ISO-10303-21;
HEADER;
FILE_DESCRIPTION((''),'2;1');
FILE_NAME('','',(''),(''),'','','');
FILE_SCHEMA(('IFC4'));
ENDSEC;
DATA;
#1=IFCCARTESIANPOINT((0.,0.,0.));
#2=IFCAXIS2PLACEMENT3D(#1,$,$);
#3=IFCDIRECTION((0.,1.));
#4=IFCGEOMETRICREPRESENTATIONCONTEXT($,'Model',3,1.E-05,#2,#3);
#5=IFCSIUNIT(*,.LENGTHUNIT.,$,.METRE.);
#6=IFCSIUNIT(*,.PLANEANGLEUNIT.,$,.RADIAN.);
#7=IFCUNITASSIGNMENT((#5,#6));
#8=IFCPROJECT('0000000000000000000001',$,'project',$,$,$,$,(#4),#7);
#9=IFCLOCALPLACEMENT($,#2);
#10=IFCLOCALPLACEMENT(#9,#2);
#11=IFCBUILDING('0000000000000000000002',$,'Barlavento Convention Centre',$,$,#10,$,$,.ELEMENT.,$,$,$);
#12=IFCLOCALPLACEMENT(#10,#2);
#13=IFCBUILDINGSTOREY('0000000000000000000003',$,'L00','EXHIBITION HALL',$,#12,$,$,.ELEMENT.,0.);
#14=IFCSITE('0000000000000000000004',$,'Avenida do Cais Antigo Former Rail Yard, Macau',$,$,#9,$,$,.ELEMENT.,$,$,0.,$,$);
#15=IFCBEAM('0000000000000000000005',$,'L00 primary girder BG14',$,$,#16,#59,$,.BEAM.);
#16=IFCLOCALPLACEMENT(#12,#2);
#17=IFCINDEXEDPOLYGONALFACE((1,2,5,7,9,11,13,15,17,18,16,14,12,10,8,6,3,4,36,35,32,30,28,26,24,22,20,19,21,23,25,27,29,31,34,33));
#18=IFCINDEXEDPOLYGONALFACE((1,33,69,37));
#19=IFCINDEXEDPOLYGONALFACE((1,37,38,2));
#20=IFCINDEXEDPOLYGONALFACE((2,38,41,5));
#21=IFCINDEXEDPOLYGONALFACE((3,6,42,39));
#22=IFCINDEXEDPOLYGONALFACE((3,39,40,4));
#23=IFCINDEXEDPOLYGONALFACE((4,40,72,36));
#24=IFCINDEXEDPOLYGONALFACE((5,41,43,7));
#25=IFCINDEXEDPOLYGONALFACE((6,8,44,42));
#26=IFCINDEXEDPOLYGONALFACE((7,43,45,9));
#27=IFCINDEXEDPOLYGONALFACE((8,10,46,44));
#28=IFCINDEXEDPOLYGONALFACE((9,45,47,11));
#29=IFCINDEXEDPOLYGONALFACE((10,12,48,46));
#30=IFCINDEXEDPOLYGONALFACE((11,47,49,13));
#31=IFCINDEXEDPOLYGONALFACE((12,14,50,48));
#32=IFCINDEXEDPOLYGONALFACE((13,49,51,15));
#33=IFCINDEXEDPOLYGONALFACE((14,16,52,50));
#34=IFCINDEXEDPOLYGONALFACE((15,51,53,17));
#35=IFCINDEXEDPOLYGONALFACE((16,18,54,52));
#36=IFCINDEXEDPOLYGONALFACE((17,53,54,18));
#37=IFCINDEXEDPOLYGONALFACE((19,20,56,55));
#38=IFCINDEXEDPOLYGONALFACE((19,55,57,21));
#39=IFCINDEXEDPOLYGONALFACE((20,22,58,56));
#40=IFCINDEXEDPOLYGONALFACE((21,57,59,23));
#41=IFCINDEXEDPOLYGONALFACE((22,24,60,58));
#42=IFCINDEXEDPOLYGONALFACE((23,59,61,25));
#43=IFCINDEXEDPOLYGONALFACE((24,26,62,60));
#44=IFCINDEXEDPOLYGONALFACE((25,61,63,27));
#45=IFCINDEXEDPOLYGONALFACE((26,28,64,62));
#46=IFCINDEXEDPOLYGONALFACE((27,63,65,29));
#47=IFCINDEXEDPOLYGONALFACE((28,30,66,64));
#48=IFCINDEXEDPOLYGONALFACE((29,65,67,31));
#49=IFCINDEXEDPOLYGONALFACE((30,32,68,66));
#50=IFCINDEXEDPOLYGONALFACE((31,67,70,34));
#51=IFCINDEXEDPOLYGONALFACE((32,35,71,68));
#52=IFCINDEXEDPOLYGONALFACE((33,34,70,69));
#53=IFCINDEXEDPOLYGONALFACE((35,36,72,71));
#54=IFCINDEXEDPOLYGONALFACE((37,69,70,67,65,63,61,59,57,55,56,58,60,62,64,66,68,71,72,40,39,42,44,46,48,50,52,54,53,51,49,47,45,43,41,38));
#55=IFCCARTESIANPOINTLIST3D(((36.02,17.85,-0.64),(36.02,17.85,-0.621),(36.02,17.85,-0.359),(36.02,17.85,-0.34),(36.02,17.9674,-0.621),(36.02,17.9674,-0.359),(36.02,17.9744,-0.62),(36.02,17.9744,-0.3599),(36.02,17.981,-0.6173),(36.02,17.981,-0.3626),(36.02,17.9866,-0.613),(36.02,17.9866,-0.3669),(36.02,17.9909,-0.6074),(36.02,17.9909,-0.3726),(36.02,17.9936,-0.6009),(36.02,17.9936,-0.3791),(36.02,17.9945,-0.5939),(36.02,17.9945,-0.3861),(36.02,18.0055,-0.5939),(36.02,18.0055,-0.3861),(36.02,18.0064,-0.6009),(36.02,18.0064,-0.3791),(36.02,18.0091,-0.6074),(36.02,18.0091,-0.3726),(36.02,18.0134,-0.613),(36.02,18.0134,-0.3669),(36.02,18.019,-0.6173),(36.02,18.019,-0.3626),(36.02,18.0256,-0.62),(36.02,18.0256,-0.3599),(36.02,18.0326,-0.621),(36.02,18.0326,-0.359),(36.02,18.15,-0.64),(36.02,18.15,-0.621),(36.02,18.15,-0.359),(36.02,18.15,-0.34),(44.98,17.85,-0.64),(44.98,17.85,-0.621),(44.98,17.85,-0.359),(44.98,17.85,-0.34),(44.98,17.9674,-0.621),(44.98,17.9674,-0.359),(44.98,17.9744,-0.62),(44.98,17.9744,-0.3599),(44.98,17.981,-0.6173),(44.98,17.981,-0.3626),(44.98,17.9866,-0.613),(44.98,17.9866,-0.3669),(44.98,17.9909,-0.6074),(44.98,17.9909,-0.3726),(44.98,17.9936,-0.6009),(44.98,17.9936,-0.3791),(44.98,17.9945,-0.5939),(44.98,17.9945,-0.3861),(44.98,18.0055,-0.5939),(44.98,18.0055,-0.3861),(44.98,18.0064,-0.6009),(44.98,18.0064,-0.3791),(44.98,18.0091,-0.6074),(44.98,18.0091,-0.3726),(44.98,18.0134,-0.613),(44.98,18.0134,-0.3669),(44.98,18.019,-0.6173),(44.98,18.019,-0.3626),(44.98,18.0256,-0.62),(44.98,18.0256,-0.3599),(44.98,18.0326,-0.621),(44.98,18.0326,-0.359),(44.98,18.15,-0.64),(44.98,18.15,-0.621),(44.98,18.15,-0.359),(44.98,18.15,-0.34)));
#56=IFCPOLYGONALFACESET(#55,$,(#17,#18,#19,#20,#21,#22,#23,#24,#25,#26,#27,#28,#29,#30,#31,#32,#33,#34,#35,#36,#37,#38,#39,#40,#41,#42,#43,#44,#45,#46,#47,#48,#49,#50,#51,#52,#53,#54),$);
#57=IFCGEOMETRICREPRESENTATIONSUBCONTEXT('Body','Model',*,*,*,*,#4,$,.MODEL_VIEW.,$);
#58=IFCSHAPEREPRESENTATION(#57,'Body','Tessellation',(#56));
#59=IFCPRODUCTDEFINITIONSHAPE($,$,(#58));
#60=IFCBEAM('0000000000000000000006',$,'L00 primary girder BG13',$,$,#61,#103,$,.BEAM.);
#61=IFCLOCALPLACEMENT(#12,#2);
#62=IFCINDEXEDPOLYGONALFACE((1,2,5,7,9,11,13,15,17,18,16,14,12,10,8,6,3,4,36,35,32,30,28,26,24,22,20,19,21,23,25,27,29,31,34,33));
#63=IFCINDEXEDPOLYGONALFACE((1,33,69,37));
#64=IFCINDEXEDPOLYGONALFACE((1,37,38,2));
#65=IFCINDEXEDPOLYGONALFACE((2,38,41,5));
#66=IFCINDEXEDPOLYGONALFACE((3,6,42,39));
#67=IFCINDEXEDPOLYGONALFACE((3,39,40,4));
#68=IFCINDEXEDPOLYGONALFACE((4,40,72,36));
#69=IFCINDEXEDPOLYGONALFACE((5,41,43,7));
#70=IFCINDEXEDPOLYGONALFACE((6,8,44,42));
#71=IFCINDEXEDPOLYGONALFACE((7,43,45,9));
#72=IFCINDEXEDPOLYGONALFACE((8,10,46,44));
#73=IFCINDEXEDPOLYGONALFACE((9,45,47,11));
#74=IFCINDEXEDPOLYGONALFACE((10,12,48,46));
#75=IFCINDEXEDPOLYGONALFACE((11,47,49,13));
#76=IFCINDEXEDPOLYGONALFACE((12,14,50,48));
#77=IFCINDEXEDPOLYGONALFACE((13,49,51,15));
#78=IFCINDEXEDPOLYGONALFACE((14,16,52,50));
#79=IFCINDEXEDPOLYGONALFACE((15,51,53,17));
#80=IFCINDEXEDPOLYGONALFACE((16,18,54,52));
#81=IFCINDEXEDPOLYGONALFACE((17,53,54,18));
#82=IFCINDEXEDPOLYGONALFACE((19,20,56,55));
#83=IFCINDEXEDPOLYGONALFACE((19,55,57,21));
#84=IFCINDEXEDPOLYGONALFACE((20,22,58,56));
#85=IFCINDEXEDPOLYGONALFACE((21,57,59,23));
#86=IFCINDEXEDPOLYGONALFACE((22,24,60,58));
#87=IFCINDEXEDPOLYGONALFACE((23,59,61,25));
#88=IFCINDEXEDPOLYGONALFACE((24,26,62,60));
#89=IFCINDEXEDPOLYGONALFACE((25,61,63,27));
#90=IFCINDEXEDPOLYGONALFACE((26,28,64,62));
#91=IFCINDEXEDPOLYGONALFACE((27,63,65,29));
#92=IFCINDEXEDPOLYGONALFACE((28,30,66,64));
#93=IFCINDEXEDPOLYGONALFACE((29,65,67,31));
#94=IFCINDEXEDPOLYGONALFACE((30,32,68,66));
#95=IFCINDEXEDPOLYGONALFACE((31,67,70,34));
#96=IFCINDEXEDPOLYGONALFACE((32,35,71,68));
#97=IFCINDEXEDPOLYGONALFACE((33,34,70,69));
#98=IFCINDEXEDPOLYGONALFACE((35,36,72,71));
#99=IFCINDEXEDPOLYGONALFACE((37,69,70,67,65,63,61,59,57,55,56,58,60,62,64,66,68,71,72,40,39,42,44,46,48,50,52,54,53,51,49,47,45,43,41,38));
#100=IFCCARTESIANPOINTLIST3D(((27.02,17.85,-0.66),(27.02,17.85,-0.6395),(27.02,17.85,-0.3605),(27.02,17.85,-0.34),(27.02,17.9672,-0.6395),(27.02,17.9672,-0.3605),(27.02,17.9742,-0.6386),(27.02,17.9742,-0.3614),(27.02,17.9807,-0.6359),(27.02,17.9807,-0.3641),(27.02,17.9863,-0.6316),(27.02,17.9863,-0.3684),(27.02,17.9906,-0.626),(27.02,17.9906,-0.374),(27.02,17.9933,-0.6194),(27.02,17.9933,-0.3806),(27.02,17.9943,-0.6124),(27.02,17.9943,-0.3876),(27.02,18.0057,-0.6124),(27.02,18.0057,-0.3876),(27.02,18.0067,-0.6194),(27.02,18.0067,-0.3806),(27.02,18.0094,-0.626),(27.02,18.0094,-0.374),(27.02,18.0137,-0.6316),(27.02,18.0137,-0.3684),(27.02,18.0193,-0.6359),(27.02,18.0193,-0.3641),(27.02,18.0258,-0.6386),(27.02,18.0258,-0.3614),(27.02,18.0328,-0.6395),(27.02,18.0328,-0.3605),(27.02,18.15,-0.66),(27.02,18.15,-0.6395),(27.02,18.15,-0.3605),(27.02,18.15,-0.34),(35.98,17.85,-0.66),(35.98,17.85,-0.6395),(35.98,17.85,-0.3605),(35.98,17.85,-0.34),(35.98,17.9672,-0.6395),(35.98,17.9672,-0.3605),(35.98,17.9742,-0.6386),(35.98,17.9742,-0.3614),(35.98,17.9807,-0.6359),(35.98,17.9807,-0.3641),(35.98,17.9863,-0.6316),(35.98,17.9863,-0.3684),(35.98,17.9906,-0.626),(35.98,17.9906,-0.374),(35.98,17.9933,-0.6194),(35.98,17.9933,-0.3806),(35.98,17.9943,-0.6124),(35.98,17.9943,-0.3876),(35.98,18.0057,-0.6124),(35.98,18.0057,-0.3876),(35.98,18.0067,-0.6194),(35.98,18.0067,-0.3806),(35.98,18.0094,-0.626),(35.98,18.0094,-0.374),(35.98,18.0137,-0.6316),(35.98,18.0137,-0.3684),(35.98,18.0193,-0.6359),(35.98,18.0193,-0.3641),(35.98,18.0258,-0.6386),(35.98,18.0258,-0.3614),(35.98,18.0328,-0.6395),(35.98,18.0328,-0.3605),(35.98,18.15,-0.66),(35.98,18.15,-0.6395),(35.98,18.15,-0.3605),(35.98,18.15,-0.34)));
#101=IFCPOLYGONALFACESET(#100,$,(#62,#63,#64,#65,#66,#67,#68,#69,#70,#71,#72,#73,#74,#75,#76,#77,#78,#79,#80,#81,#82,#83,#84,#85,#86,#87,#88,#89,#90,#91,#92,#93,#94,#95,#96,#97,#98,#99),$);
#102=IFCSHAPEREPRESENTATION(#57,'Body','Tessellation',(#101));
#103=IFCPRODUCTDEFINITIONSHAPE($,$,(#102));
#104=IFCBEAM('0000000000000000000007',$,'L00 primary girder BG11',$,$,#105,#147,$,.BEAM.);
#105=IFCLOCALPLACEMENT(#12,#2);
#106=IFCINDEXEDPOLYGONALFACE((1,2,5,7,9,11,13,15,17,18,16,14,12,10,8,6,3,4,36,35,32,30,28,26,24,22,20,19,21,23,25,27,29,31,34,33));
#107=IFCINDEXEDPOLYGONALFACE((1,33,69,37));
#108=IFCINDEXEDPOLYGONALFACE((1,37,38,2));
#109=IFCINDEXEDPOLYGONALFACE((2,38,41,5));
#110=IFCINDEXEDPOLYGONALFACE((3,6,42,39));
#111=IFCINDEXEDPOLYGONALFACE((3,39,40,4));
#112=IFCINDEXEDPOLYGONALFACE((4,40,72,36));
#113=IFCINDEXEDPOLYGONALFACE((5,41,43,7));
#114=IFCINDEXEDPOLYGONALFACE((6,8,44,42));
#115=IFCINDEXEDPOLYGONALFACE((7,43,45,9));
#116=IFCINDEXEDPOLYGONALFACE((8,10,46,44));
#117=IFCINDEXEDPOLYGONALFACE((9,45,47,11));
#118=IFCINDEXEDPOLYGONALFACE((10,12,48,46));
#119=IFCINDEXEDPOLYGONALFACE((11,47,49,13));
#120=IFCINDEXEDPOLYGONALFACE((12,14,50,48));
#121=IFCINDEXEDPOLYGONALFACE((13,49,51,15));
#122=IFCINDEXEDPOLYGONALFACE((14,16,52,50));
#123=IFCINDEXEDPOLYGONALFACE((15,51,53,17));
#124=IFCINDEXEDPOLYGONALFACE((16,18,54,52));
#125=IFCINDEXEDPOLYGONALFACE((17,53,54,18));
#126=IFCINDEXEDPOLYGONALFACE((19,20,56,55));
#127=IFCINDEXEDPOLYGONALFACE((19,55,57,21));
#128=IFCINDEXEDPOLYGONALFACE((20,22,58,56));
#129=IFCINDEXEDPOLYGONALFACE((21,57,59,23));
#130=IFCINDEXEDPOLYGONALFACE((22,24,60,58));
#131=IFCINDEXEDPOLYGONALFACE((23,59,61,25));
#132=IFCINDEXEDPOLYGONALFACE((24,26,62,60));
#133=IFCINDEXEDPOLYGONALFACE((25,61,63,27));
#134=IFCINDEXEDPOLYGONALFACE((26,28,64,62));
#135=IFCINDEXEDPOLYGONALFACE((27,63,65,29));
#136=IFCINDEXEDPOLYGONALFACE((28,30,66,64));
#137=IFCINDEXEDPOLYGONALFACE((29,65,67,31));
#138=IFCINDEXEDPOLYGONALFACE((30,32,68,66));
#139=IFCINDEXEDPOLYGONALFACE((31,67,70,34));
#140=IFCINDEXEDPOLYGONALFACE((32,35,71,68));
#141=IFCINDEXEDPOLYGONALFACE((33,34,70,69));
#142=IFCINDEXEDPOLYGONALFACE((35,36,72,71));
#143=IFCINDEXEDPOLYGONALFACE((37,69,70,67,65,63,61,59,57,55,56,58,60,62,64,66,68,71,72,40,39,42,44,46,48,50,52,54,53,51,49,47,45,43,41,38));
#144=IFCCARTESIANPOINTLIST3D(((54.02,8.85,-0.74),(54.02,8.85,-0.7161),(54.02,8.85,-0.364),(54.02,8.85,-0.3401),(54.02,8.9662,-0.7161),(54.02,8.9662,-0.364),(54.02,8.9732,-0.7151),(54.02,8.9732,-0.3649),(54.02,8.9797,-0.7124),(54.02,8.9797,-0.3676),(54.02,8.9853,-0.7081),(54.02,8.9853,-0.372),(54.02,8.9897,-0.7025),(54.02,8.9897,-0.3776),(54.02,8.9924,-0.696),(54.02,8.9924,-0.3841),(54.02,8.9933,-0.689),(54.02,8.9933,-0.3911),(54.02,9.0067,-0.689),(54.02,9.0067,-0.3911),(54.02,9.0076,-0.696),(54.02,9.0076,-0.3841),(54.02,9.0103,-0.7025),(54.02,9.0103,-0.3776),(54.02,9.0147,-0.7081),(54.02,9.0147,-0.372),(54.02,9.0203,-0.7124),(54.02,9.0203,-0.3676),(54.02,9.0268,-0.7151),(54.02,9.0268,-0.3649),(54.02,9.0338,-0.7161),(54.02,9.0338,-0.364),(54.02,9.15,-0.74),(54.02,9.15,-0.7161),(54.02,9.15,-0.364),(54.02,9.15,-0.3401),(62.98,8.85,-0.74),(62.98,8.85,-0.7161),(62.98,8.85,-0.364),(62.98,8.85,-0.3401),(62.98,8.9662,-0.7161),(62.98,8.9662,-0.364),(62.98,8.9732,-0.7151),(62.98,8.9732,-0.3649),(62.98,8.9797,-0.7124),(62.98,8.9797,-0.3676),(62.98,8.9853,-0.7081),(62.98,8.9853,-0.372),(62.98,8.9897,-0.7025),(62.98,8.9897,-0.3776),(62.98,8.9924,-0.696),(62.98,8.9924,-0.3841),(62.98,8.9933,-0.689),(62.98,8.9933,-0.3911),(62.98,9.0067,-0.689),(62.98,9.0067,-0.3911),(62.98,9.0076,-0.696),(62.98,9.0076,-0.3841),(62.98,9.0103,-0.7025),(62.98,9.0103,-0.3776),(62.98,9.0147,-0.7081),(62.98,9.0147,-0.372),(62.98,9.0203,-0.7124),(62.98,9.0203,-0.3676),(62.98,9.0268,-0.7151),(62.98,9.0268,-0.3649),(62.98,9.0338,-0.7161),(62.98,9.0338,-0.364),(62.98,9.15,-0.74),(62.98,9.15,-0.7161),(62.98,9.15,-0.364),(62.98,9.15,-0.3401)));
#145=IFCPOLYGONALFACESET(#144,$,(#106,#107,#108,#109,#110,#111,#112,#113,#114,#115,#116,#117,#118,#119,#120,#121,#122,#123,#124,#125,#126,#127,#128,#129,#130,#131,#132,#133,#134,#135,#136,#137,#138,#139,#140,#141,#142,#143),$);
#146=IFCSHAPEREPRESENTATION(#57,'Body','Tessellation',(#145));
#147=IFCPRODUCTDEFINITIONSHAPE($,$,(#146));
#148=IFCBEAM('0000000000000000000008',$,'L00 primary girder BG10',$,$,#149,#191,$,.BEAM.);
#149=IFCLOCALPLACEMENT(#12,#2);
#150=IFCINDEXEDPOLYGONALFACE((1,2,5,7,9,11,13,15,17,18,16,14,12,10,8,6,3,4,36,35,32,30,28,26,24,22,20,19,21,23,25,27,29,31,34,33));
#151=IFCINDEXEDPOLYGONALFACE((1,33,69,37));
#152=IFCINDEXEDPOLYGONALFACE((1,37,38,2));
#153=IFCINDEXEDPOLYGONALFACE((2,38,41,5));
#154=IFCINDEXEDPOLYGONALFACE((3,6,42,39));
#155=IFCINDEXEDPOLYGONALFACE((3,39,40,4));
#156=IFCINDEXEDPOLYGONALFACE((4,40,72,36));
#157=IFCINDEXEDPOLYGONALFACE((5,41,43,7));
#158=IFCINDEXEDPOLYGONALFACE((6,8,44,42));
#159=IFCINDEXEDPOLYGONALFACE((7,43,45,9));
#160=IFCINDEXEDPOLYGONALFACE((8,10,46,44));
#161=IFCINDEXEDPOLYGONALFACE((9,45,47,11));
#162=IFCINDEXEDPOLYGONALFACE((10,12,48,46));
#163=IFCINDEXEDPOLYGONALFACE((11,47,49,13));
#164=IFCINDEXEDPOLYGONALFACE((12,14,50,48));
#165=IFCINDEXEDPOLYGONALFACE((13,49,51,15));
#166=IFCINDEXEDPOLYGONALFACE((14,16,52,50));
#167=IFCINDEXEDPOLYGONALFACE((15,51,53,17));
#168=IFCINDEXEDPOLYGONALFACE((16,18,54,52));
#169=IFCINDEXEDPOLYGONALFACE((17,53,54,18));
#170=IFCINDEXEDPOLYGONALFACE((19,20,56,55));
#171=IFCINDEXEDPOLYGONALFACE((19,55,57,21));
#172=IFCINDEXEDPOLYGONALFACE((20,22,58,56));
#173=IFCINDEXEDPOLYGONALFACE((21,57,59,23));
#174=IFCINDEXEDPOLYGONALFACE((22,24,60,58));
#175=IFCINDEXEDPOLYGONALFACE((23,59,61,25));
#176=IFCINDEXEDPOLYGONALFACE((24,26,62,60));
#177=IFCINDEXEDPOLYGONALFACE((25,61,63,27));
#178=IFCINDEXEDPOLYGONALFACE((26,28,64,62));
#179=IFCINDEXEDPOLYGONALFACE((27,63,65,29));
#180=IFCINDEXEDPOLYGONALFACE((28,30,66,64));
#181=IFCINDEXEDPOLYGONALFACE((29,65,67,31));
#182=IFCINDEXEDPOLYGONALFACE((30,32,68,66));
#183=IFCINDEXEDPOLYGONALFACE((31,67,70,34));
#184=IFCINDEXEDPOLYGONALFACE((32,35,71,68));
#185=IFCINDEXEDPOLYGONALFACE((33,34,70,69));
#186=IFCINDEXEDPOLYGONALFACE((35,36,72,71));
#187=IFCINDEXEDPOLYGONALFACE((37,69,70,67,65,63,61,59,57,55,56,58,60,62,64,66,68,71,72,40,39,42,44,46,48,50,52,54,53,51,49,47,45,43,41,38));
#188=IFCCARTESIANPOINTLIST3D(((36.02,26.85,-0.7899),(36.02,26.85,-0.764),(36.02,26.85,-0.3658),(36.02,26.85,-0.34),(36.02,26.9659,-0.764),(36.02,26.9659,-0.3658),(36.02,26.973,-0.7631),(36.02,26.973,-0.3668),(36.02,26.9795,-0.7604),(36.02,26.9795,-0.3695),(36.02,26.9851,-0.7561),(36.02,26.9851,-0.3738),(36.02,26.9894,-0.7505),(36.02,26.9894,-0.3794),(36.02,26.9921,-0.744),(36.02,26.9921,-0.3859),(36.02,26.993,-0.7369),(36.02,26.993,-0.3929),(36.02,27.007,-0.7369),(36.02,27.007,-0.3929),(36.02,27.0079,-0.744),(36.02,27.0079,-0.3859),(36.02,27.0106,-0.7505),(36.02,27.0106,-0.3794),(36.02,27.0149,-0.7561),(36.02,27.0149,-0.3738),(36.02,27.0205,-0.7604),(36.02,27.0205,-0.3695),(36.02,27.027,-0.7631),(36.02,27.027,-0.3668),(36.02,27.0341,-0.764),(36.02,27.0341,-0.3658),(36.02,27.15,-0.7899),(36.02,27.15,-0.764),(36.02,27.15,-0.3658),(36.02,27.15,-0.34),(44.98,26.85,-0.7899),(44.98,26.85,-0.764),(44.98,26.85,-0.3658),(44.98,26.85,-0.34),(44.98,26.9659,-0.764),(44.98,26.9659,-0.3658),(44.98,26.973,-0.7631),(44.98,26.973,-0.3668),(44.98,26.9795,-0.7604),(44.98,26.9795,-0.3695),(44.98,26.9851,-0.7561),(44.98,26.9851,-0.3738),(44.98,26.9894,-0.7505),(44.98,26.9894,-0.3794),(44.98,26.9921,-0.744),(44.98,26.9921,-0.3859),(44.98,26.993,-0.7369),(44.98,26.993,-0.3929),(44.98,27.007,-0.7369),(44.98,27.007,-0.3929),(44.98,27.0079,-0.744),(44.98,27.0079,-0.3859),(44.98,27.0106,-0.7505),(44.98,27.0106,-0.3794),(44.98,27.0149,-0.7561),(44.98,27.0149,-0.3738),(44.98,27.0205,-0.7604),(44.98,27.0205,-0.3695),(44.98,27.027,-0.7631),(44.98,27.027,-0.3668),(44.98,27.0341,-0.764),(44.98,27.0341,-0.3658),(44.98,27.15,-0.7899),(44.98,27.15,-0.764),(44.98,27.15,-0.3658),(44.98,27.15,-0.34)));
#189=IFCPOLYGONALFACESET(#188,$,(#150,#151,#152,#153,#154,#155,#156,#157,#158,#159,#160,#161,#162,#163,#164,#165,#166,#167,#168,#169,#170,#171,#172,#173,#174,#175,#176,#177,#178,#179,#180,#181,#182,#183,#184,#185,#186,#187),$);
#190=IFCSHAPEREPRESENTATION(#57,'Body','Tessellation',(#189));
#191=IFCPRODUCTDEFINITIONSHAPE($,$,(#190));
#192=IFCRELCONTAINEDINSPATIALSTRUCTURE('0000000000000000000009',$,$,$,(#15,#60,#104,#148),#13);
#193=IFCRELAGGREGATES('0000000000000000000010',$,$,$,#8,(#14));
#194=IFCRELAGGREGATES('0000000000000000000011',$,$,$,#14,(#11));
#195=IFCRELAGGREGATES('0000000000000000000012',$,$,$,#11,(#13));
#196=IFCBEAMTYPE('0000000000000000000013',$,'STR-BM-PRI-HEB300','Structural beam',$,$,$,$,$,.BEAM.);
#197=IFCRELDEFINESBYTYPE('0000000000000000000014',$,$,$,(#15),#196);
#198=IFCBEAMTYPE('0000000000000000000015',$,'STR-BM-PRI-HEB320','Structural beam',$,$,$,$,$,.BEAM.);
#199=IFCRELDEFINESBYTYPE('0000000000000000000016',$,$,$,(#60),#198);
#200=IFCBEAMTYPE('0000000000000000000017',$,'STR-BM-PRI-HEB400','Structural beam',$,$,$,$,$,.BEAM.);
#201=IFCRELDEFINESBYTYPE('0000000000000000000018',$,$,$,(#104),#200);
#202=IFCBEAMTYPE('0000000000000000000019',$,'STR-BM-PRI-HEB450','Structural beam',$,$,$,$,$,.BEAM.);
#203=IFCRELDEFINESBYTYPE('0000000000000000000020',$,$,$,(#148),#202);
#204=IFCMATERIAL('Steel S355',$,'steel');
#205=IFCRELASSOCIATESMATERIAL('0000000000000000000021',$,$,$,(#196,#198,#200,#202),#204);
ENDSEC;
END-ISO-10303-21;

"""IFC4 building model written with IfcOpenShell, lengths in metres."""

from ifc_helpers import new_model, si_unit, direction, frame, origin, origin_2d, place, context, subcontext, project, spatial, i_section, extrude, material, material_profile, profile_set, type_object, element, save


model = new_model("IFC4")

# Units and contexts
model_context = context("Model", 3, precision=1e-05, world=origin(), true_north=direction((0.0, 1.0)))
body_context = subcontext(model_context, "Body", "Model", "MODEL_VIEW")
ifc_project = project(units=[si_unit("LENGTHUNIT", "METRE"), si_unit("PLANEANGLEUNIT", "RADIAN")], contexts=[model_context])

# Site, building, storey
site_placement = place(None, origin())
site = spatial("IfcSite", under=ifc_project, at=site_placement, Name="Avenida do Cais Antigo Former Rail Yard, Macau", CompositionType="ELEMENT", RefElevation=0.0)
building_placement = place(site_placement, origin())
building = spatial("IfcBuilding", under=site, at=building_placement, Name="Barlavento Convention Centre", CompositionType="ELEMENT")
storey_placement = place(building_placement, origin())
storey = spatial("IfcBuildingStorey", under=building, at=storey_placement, Name="L00", Description="EXHIBITION HALL", CompositionType="ELEMENT", Elevation=0.0)

# Beams
ifc_material_1 = material(Name="Steel S355", Category="steel")
ifc_material_profile_1 = material_profile(ifc_material_1, i_section(OverallWidth=0.3, OverallDepth=0.3, WebThickness=0.011, FlangeThickness=0.019, FilletRadius=0.0271, at=origin_2d()), Name="HEB 300")
ifc_profile_set_1 = profile_set([ifc_material_profile_1], Name="Steel S355")
beam_type_1 = type_object("IfcBeamType", Name="STR-BM-PRI-HEB300", Description="Structural beam", PredefinedType="BEAM", material=ifc_profile_set_1)
beam_1_placement = place(storey_placement, frame((36.02, 18.0, -0.49), z_axis=(1.0, 0.0, 0.0), x_axis=(0.0, 1.0, 0.0)))
element("IfcBeam", 1, at=beam_1_placement, inside=storey, type_object=beam_type_1, Name="L00 primary girder BG14", PredefinedType="BEAM", context=body_context, shape_type="SweptSolid", body=[
    extrude(i_section(OverallWidth=0.3, OverallDepth=0.3, WebThickness=0.011, FlangeThickness=0.019, FilletRadius=0.0271, at=origin_2d()), origin(), (0.0, 0.0, 1.0), 8.96),
])
ifc_material_profile_2 = material_profile(ifc_material_1, i_section(OverallWidth=0.3, OverallDepth=0.3201, WebThickness=0.0115, FlangeThickness=0.0205, FilletRadius=0.0271, at=origin_2d()), Name="HEB 320")
ifc_profile_set_2 = profile_set([ifc_material_profile_2], Name="Steel S355")
beam_type_2 = type_object("IfcBeamType", Name="STR-BM-PRI-HEB320", Description="Structural beam", PredefinedType="BEAM", material=ifc_profile_set_2)
beam_2_placement = place(storey_placement, frame((27.02, 18.0, -0.5), z_axis=(1.0, 0.0, 0.0), x_axis=(0.0, 1.0, 0.0)))
element("IfcBeam", 2, at=beam_2_placement, inside=storey, type_object=beam_type_2, Name="L00 primary girder BG13", PredefinedType="BEAM", context=body_context, shape_type="SweptSolid", body=[
    extrude(i_section(OverallWidth=0.3, OverallDepth=0.3201, WebThickness=0.0115, FlangeThickness=0.0205, FilletRadius=0.0271, at=origin_2d()), origin(), (0.0, 0.0, 1.0), 8.96),
])
ifc_material_profile_3 = material_profile(ifc_material_1, i_section(OverallWidth=0.3, OverallDepth=0.3999, WebThickness=0.0134, FlangeThickness=0.0239, FilletRadius=0.0271, at=origin_2d()), Name="HEB 400")
ifc_profile_set_3 = profile_set([ifc_material_profile_3], Name="Steel S355")
beam_type_3 = type_object("IfcBeamType", Name="STR-BM-PRI-HEB400", Description="Structural beam", PredefinedType="BEAM", material=ifc_profile_set_3)
beam_3_placement = place(storey_placement, frame((54.02, 9.0, -0.54), z_axis=(1.0, 0.0, 0.0), x_axis=(0.0, 1.0, 0.0)))
element("IfcBeam", 3, at=beam_3_placement, inside=storey, type_object=beam_type_3, Name="L00 primary girder BG11", PredefinedType="BEAM", context=body_context, shape_type="SweptSolid", body=[
    extrude(i_section(OverallWidth=0.3, OverallDepth=0.3999, WebThickness=0.0134, FlangeThickness=0.0239, FilletRadius=0.0271, at=origin_2d()), origin(), (0.0, 0.0, 1.0), 8.96),
])
ifc_material_profile_4 = material_profile(ifc_material_1, i_section(OverallWidth=0.3, OverallDepth=0.45, WebThickness=0.0139, FlangeThickness=0.0259, FilletRadius=0.0271, at=origin_2d()), Name="HEB 450")
ifc_profile_set_4 = profile_set([ifc_material_profile_4], Name="Steel S355")
beam_type_4 = type_object("IfcBeamType", Name="STR-BM-PRI-HEB450", Description="Structural beam", PredefinedType="BEAM", material=ifc_profile_set_4)
beam_4_placement = place(storey_placement, frame((36.02, 27.0, -0.5649), z_axis=(1.0, 0.0, 0.0), x_axis=(0.0, 1.0, 0.0)))
element("IfcBeam", 4, at=beam_4_placement, inside=storey, type_object=beam_type_4, Name="L00 primary girder BG10", PredefinedType="BEAM", context=body_context, shape_type="SweptSolid", body=[
    extrude(i_section(OverallWidth=0.3, OverallDepth=0.45, WebThickness=0.0139, FlangeThickness=0.0259, FilletRadius=0.0271, at=origin_2d()), origin(), (0.0, 0.0, 1.0), 8.96),
])

save(model, "model.ifc")
